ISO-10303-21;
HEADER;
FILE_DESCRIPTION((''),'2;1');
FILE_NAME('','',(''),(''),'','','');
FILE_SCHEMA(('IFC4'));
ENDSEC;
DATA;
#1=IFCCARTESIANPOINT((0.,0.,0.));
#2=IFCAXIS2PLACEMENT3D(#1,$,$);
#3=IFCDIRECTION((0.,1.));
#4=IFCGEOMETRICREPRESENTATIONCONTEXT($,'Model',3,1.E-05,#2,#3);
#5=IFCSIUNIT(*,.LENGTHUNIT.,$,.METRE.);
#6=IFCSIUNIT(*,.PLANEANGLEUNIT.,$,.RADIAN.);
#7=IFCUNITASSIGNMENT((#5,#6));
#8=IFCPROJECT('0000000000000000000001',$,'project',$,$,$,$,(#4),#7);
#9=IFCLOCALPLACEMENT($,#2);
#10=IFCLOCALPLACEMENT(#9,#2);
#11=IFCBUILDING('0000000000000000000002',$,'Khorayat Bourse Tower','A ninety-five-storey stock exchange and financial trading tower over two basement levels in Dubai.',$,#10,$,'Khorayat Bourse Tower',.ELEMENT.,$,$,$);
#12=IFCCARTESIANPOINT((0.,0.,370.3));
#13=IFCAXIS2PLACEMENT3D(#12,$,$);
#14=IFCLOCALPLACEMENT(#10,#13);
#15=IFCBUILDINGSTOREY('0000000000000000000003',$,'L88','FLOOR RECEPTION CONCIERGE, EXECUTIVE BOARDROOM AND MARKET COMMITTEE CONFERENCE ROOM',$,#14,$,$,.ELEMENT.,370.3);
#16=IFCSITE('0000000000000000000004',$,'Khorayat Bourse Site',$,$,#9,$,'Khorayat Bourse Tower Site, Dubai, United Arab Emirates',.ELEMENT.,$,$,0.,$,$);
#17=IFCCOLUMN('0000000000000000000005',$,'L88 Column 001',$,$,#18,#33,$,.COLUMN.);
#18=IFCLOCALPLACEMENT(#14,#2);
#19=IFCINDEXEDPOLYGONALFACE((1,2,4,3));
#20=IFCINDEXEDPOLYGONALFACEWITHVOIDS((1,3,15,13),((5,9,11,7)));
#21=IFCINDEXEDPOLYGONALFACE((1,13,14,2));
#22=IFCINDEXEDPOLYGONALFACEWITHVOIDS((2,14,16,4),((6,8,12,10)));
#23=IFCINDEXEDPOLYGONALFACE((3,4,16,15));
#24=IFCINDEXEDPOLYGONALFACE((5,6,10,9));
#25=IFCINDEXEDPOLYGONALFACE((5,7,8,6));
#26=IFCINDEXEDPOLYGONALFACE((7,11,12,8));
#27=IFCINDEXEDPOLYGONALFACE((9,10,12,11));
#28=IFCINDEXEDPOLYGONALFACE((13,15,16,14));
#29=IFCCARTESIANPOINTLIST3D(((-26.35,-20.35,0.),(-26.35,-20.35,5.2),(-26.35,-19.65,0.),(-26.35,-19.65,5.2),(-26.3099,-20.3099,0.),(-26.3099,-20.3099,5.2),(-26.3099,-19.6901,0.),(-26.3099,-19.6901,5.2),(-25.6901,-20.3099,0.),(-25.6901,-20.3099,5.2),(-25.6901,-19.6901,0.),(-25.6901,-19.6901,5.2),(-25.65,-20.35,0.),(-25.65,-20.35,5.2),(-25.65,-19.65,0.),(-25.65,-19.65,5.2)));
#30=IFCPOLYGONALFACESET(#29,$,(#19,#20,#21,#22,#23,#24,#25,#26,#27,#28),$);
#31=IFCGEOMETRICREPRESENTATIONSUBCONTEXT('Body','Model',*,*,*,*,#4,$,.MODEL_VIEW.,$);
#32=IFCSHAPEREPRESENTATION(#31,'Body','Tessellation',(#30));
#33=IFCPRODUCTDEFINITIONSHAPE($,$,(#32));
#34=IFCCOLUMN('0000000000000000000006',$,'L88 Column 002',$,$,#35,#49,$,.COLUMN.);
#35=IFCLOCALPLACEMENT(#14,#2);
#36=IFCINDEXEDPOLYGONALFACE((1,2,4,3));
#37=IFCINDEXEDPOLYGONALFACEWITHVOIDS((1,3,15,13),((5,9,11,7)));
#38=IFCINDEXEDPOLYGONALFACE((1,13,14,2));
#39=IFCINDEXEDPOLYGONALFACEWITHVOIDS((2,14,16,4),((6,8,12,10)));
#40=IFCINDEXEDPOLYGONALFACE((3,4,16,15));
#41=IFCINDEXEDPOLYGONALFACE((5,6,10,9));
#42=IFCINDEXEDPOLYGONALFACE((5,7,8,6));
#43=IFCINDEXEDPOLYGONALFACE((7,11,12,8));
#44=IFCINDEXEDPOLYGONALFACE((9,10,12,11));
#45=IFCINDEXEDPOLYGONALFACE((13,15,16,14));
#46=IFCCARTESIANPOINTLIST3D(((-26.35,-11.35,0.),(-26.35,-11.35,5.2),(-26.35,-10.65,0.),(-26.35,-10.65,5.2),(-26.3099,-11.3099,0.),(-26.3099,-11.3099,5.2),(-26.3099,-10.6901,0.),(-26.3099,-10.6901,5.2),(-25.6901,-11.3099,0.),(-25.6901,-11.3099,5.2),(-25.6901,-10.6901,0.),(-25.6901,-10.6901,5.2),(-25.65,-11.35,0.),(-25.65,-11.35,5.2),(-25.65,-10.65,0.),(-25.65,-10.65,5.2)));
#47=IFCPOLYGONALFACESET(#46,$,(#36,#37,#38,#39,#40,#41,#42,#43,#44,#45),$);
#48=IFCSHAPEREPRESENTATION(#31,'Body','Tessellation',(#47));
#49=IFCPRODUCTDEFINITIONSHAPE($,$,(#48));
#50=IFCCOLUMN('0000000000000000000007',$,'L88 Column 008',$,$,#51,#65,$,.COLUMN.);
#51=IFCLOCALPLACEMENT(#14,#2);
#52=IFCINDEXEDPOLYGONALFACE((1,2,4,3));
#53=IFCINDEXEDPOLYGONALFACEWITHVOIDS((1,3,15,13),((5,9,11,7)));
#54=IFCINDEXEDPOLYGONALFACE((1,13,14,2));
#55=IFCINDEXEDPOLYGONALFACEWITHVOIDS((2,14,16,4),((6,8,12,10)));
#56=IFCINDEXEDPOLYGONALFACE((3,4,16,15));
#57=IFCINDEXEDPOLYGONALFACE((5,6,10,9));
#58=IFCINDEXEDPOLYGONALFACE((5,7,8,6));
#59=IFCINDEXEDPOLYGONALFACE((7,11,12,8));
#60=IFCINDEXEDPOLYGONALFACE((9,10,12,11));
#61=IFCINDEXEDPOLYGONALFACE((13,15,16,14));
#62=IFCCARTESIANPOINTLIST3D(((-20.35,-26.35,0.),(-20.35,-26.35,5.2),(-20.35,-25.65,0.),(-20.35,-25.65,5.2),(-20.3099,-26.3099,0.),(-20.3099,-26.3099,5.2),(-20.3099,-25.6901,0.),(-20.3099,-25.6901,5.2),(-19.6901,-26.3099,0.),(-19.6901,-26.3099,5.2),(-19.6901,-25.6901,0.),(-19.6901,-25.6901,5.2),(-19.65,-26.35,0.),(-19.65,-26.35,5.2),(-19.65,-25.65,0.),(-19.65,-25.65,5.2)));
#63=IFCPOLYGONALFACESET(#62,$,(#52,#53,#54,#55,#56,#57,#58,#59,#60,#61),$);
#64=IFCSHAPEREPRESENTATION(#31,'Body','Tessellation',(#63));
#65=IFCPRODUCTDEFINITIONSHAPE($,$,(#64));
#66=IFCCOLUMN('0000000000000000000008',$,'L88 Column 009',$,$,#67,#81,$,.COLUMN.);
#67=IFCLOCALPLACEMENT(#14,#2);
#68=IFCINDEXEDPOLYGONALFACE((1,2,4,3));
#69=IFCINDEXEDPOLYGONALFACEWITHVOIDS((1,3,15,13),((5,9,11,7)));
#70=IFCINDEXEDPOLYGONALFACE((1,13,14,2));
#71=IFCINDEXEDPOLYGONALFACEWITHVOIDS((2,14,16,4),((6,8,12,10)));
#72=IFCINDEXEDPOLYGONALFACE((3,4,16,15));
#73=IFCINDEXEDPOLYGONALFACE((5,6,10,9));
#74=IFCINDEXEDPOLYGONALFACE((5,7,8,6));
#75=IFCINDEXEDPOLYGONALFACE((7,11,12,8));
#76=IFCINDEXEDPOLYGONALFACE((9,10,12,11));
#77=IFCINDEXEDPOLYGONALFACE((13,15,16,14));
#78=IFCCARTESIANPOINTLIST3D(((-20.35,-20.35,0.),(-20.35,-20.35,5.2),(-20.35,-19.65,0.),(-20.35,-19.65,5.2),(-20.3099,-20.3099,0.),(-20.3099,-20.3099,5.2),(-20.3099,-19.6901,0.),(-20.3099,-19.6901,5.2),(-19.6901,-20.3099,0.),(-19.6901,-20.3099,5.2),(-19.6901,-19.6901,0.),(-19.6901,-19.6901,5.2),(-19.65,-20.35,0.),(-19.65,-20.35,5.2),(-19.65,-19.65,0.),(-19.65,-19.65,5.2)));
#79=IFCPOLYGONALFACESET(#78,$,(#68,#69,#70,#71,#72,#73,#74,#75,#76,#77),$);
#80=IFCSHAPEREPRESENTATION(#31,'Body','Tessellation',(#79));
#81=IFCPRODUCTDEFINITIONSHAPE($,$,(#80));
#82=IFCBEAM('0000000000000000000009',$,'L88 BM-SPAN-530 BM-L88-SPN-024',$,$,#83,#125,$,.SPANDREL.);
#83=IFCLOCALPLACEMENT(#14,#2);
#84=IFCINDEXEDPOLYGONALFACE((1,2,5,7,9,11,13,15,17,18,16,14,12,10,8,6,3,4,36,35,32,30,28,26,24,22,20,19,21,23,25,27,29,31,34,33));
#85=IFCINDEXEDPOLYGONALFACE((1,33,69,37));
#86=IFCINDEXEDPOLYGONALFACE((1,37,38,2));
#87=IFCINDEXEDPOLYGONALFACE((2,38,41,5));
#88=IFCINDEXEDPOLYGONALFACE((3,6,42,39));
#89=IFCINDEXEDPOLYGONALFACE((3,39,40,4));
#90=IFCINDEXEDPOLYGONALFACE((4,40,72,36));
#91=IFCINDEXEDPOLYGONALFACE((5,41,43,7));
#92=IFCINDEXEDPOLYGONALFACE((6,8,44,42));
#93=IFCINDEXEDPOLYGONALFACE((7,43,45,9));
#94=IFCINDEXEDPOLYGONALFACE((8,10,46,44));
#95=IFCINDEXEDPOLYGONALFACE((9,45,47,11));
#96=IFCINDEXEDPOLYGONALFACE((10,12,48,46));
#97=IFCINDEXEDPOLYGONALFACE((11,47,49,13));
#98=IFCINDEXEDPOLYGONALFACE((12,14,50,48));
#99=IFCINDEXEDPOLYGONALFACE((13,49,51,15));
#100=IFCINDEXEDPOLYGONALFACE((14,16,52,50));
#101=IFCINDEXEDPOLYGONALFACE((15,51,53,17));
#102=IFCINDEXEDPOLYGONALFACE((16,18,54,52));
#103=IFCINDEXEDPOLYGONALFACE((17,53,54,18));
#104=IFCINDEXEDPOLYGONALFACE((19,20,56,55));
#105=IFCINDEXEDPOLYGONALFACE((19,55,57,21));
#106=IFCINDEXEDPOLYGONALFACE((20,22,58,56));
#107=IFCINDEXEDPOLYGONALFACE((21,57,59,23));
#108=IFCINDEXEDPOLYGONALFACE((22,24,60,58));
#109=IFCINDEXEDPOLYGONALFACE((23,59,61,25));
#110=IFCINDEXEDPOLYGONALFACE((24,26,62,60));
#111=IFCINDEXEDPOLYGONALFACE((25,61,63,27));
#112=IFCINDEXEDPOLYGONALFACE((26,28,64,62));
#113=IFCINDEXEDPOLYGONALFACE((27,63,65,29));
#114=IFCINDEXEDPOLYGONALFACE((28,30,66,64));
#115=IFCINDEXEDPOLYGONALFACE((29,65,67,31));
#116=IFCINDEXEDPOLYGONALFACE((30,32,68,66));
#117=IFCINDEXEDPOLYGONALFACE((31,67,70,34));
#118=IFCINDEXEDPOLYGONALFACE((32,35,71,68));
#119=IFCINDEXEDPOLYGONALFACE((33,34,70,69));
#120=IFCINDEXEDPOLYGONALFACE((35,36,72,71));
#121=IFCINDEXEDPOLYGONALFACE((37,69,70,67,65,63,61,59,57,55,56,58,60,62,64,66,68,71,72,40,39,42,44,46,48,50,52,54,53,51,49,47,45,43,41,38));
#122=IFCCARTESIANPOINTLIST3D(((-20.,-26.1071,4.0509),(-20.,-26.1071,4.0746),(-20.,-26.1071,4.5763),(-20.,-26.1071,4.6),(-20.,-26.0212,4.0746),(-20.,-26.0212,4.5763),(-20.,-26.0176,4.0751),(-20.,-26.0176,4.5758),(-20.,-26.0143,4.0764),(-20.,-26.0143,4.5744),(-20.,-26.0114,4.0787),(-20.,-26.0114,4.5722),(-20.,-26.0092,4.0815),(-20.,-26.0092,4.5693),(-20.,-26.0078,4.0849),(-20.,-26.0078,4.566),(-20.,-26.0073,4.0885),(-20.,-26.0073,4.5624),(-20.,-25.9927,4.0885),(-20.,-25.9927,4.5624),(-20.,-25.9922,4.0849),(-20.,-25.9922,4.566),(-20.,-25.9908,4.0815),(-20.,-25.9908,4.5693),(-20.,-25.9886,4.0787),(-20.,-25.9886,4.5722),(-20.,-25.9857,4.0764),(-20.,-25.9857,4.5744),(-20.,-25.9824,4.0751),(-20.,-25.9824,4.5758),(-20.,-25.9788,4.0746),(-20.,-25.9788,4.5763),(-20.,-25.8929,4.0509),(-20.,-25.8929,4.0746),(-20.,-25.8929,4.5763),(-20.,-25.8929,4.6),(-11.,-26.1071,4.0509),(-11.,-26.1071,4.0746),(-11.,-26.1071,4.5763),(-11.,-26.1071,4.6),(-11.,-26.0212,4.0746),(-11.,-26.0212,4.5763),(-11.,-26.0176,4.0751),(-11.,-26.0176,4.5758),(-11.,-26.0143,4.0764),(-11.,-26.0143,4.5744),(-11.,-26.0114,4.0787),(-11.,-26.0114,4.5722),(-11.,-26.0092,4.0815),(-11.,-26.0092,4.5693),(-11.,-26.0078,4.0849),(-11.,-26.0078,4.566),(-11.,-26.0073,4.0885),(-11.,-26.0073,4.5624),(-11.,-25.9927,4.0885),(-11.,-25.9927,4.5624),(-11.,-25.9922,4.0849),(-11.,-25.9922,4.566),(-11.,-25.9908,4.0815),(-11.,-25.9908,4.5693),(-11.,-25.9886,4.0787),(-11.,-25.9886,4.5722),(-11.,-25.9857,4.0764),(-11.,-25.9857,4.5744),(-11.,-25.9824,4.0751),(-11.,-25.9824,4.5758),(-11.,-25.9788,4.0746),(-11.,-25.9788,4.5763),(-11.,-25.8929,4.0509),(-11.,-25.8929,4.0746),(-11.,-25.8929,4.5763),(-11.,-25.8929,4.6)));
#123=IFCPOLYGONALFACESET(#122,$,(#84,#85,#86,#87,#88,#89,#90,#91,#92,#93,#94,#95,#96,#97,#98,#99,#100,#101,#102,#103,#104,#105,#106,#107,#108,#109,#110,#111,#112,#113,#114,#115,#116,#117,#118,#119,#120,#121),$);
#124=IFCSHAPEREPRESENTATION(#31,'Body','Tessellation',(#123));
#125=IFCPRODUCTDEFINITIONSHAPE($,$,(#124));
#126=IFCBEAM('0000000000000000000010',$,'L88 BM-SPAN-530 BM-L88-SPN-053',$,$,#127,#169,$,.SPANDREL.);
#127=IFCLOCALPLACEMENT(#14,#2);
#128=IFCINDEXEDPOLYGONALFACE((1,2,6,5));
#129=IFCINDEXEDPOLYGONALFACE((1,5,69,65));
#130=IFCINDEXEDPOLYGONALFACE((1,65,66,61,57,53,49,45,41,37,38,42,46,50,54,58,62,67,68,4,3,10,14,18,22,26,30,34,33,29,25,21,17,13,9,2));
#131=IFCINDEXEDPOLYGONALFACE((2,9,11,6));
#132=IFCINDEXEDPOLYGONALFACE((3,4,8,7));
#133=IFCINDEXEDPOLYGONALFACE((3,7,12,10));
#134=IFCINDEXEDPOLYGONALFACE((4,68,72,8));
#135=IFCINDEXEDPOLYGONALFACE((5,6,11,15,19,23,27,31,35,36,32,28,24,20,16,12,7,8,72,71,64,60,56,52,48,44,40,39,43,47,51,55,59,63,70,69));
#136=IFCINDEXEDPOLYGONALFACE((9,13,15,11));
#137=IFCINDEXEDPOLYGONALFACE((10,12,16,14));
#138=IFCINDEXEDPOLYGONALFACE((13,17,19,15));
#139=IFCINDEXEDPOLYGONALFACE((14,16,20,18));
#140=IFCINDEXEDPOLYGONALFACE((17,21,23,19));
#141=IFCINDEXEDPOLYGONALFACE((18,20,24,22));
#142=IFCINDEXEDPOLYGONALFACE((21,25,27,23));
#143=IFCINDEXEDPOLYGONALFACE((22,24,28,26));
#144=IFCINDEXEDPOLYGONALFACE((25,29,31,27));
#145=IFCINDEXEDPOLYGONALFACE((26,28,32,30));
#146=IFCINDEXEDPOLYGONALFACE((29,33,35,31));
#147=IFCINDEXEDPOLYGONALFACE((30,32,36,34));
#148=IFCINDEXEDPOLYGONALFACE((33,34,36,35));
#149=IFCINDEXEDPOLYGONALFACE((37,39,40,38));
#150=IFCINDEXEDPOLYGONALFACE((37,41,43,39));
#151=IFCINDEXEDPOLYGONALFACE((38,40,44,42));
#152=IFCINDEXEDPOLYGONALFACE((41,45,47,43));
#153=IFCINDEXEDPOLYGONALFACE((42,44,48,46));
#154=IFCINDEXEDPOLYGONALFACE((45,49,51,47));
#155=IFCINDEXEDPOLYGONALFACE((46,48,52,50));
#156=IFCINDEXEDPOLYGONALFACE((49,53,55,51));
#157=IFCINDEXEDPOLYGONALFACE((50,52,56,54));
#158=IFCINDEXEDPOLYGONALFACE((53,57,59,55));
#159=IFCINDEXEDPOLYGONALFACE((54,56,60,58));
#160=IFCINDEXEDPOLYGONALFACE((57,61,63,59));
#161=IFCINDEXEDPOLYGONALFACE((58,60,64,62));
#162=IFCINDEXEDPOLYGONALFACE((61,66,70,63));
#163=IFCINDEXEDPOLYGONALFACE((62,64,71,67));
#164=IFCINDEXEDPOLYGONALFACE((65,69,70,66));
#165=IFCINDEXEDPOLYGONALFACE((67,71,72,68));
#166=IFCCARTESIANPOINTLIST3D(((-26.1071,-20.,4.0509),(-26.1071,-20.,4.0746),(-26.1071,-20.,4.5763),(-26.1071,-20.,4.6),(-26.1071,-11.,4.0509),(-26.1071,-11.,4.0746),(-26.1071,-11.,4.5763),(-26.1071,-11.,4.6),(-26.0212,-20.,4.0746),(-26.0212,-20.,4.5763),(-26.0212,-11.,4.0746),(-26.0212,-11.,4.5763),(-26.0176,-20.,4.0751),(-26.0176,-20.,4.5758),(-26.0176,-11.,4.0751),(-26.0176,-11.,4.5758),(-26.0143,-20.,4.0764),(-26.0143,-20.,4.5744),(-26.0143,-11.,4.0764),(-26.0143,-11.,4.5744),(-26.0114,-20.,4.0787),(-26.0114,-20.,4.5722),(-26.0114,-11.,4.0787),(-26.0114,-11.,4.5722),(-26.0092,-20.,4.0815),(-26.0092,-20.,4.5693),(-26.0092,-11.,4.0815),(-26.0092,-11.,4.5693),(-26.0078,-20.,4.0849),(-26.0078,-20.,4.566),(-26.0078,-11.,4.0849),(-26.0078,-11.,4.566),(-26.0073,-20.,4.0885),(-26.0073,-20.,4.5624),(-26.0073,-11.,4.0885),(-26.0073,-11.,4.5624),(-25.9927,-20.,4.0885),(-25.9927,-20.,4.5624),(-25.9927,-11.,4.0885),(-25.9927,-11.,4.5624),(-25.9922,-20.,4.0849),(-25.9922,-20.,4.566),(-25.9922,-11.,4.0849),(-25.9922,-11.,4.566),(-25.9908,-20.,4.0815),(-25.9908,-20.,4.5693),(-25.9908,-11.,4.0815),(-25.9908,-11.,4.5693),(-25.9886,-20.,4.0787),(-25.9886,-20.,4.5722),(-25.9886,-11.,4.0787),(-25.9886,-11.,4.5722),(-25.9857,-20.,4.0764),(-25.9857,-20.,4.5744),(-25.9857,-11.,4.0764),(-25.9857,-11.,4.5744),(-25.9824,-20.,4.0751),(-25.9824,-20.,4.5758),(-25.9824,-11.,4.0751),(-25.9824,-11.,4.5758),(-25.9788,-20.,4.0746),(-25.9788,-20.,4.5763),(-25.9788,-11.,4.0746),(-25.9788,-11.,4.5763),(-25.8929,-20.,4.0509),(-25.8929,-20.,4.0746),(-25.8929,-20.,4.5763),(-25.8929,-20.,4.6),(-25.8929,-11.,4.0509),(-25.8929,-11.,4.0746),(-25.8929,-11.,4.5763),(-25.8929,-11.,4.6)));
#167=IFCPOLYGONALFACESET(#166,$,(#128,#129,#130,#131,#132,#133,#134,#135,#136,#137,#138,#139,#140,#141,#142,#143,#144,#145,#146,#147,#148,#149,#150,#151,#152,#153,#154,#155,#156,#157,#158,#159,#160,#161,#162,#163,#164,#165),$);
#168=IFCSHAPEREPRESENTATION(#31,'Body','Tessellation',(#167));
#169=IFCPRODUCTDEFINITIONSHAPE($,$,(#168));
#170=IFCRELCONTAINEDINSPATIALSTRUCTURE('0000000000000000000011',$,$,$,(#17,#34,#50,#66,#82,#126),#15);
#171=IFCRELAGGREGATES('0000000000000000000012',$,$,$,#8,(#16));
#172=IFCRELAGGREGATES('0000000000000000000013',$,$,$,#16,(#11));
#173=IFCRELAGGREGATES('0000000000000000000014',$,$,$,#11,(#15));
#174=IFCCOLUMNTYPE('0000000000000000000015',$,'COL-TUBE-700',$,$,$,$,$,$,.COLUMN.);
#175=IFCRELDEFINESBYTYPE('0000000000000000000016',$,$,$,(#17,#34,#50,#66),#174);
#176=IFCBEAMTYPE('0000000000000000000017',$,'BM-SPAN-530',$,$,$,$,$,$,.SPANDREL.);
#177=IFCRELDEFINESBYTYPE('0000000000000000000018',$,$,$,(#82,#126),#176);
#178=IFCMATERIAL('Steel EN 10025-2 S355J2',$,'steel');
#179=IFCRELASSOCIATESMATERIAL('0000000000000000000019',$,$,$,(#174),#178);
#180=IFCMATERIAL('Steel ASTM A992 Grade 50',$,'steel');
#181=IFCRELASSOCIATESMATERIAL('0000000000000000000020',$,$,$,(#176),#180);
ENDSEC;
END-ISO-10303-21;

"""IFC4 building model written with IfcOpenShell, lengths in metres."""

from ifc_helpers import new_model, si_unit, direction, frame, origin, origin_2d, place, context, subcontext, project, spatial, hollow_rectangle, i_section, extrude, source, transform, mapped, material, material_profile, profile_set, type_object, element, save


model = new_model("IFC4")

# Units and contexts
model_context = context("Model", 3, precision=1e-05, world=origin(), true_north=direction((0.0, 1.0)))
body_context = subcontext(model_context, "Body", "Model", "MODEL_VIEW")
ifc_project = project(units=[si_unit("LENGTHUNIT", "METRE"), si_unit("PLANEANGLEUNIT", "RADIAN")], contexts=[model_context])

# Site, building, storey
site_placement = place(None, origin())
site = spatial("IfcSite", under=ifc_project, at=site_placement, Name="Khorayat Bourse Site", LongName="Khorayat Bourse Tower Site, Dubai, United Arab Emirates", CompositionType="ELEMENT", RefElevation=0.0)
building_placement = place(site_placement, origin())
building = spatial("IfcBuilding", under=site, at=building_placement, Name="Khorayat Bourse Tower", Description="A ninety-five-storey stock exchange and financial trading tower over two basement levels in Dubai.", LongName="Khorayat Bourse Tower", CompositionType="ELEMENT")
storey_placement = place(building_placement, frame((0.0, 0.0, 370.3)))
storey = spatial("IfcBuildingStorey", under=building, at=storey_placement, Name="L88", Description="FLOOR RECEPTION CONCIERGE, EXECUTIVE BOARDROOM AND MARKET COMMITTEE CONFERENCE ROOM", CompositionType="ELEMENT", Elevation=370.3)

# Columns
ifc_material_1 = material(Name="Steel EN 10025-2 S355J2", Category="steel")
ifc_material_profile_1 = material_profile(ifc_material_1, hollow_rectangle(XDim=0.7, YDim=0.7, WallThickness=0.04, at=origin_2d()), Name="BOX 700x700x40")
ifc_profile_set_1 = profile_set([ifc_material_profile_1], Name="Steel EN 10025-2 S355J2")
column_type = type_object("IfcColumnType", Name="COL-TUBE-700", PredefinedType="COLUMN", material=ifc_profile_set_1)
shared_shape_1 = source(origin(), body_context, "Body", "SweptSolid", [
    extrude(hollow_rectangle(XDim=0.7, YDim=0.7, WallThickness=0.04, at=origin_2d()), origin(), (0.0, 0.0, 1.0), 5.2),
])
for number, where, z_axis, x_axis, name in (
    (1, (-26.0, -20.0, 0.0), (0.0, 0.0, 1.0), (1.0, 0.0, 0.0), "L88 Column 001"),
    (2, (-26.0, -11.0, 0.0), (0.0, 0.0, 1.0), (1.0, 0.0, 0.0), "L88 Column 002"),
    (3, (-20.0, -26.0, 0.0), (0.0, 0.0, 1.0), (1.0, 0.0, 0.0), "L88 Column 008"),
    (4, (-20.0, -20.0, 0.0), (0.0, 0.0, 1.0), (1.0, 0.0, 0.0), "L88 Column 009"),
):
    element("IfcColumn", number, at=place(storey_placement, frame(where, z_axis=z_axis, x_axis=x_axis)), inside=storey, type_object=column_type, Name=name, PredefinedType="COLUMN", context=body_context, shape_type="MappedRepresentation", body=[
        mapped(shared_shape_1, transform((0.0, 0.0, 0.0), scale=1.0)),
    ])

# Beams
ifc_material_2 = material(Name="Steel ASTM A992 Grade 50", Category="steel")
ifc_material_profile_2 = material_profile(ifc_material_2, i_section(OverallWidth=0.2141, OverallDepth=0.5491, WebThickness=0.0146, FlangeThickness=0.0237, FilletRadius=0.0139, at=origin_2d()), Name="W530X138")
ifc_profile_set_2 = profile_set([ifc_material_profile_2], Name="Steel ASTM A992 Grade 50")
beam_type_1 = type_object("IfcBeamType", Name="BM-SPAN-530", PredefinedType="SPANDREL", material=ifc_profile_set_2)
shared_shape_2 = source(origin(), body_context, "Body", "SweptSolid", [
    extrude(i_section(OverallWidth=0.2141, OverallDepth=0.5491, WebThickness=0.0146, FlangeThickness=0.0237, FilletRadius=0.0139, at=origin_2d()), origin(), (0.0, 0.0, 1.0), 9.0),
])
for number, where, z_axis, x_axis, name in (
    (5, (-20.0, -26.0, 4.3254), (1.0, 0.0, 0.0), (0.0, 1.0, 0.0), "L88 BM-SPAN-530 BM-L88-SPN-024"),
    (6, (-26.0, -20.0, 4.3254), (0.0, 1.0, 0.0), (-1.0, 0.0, 0.0), "L88 BM-SPAN-530 BM-L88-SPN-053"),
):
    element("IfcBeam", number, at=place(storey_placement, frame(where, z_axis=z_axis, x_axis=x_axis)), inside=storey, type_object=beam_type_1, Name=name, PredefinedType="SPANDREL", context=body_context, shape_type="MappedRepresentation", body=[
        mapped(shared_shape_2, transform((0.0, 0.0, 0.0), scale=1.0)),
    ])

save(model, "model.ifc")
